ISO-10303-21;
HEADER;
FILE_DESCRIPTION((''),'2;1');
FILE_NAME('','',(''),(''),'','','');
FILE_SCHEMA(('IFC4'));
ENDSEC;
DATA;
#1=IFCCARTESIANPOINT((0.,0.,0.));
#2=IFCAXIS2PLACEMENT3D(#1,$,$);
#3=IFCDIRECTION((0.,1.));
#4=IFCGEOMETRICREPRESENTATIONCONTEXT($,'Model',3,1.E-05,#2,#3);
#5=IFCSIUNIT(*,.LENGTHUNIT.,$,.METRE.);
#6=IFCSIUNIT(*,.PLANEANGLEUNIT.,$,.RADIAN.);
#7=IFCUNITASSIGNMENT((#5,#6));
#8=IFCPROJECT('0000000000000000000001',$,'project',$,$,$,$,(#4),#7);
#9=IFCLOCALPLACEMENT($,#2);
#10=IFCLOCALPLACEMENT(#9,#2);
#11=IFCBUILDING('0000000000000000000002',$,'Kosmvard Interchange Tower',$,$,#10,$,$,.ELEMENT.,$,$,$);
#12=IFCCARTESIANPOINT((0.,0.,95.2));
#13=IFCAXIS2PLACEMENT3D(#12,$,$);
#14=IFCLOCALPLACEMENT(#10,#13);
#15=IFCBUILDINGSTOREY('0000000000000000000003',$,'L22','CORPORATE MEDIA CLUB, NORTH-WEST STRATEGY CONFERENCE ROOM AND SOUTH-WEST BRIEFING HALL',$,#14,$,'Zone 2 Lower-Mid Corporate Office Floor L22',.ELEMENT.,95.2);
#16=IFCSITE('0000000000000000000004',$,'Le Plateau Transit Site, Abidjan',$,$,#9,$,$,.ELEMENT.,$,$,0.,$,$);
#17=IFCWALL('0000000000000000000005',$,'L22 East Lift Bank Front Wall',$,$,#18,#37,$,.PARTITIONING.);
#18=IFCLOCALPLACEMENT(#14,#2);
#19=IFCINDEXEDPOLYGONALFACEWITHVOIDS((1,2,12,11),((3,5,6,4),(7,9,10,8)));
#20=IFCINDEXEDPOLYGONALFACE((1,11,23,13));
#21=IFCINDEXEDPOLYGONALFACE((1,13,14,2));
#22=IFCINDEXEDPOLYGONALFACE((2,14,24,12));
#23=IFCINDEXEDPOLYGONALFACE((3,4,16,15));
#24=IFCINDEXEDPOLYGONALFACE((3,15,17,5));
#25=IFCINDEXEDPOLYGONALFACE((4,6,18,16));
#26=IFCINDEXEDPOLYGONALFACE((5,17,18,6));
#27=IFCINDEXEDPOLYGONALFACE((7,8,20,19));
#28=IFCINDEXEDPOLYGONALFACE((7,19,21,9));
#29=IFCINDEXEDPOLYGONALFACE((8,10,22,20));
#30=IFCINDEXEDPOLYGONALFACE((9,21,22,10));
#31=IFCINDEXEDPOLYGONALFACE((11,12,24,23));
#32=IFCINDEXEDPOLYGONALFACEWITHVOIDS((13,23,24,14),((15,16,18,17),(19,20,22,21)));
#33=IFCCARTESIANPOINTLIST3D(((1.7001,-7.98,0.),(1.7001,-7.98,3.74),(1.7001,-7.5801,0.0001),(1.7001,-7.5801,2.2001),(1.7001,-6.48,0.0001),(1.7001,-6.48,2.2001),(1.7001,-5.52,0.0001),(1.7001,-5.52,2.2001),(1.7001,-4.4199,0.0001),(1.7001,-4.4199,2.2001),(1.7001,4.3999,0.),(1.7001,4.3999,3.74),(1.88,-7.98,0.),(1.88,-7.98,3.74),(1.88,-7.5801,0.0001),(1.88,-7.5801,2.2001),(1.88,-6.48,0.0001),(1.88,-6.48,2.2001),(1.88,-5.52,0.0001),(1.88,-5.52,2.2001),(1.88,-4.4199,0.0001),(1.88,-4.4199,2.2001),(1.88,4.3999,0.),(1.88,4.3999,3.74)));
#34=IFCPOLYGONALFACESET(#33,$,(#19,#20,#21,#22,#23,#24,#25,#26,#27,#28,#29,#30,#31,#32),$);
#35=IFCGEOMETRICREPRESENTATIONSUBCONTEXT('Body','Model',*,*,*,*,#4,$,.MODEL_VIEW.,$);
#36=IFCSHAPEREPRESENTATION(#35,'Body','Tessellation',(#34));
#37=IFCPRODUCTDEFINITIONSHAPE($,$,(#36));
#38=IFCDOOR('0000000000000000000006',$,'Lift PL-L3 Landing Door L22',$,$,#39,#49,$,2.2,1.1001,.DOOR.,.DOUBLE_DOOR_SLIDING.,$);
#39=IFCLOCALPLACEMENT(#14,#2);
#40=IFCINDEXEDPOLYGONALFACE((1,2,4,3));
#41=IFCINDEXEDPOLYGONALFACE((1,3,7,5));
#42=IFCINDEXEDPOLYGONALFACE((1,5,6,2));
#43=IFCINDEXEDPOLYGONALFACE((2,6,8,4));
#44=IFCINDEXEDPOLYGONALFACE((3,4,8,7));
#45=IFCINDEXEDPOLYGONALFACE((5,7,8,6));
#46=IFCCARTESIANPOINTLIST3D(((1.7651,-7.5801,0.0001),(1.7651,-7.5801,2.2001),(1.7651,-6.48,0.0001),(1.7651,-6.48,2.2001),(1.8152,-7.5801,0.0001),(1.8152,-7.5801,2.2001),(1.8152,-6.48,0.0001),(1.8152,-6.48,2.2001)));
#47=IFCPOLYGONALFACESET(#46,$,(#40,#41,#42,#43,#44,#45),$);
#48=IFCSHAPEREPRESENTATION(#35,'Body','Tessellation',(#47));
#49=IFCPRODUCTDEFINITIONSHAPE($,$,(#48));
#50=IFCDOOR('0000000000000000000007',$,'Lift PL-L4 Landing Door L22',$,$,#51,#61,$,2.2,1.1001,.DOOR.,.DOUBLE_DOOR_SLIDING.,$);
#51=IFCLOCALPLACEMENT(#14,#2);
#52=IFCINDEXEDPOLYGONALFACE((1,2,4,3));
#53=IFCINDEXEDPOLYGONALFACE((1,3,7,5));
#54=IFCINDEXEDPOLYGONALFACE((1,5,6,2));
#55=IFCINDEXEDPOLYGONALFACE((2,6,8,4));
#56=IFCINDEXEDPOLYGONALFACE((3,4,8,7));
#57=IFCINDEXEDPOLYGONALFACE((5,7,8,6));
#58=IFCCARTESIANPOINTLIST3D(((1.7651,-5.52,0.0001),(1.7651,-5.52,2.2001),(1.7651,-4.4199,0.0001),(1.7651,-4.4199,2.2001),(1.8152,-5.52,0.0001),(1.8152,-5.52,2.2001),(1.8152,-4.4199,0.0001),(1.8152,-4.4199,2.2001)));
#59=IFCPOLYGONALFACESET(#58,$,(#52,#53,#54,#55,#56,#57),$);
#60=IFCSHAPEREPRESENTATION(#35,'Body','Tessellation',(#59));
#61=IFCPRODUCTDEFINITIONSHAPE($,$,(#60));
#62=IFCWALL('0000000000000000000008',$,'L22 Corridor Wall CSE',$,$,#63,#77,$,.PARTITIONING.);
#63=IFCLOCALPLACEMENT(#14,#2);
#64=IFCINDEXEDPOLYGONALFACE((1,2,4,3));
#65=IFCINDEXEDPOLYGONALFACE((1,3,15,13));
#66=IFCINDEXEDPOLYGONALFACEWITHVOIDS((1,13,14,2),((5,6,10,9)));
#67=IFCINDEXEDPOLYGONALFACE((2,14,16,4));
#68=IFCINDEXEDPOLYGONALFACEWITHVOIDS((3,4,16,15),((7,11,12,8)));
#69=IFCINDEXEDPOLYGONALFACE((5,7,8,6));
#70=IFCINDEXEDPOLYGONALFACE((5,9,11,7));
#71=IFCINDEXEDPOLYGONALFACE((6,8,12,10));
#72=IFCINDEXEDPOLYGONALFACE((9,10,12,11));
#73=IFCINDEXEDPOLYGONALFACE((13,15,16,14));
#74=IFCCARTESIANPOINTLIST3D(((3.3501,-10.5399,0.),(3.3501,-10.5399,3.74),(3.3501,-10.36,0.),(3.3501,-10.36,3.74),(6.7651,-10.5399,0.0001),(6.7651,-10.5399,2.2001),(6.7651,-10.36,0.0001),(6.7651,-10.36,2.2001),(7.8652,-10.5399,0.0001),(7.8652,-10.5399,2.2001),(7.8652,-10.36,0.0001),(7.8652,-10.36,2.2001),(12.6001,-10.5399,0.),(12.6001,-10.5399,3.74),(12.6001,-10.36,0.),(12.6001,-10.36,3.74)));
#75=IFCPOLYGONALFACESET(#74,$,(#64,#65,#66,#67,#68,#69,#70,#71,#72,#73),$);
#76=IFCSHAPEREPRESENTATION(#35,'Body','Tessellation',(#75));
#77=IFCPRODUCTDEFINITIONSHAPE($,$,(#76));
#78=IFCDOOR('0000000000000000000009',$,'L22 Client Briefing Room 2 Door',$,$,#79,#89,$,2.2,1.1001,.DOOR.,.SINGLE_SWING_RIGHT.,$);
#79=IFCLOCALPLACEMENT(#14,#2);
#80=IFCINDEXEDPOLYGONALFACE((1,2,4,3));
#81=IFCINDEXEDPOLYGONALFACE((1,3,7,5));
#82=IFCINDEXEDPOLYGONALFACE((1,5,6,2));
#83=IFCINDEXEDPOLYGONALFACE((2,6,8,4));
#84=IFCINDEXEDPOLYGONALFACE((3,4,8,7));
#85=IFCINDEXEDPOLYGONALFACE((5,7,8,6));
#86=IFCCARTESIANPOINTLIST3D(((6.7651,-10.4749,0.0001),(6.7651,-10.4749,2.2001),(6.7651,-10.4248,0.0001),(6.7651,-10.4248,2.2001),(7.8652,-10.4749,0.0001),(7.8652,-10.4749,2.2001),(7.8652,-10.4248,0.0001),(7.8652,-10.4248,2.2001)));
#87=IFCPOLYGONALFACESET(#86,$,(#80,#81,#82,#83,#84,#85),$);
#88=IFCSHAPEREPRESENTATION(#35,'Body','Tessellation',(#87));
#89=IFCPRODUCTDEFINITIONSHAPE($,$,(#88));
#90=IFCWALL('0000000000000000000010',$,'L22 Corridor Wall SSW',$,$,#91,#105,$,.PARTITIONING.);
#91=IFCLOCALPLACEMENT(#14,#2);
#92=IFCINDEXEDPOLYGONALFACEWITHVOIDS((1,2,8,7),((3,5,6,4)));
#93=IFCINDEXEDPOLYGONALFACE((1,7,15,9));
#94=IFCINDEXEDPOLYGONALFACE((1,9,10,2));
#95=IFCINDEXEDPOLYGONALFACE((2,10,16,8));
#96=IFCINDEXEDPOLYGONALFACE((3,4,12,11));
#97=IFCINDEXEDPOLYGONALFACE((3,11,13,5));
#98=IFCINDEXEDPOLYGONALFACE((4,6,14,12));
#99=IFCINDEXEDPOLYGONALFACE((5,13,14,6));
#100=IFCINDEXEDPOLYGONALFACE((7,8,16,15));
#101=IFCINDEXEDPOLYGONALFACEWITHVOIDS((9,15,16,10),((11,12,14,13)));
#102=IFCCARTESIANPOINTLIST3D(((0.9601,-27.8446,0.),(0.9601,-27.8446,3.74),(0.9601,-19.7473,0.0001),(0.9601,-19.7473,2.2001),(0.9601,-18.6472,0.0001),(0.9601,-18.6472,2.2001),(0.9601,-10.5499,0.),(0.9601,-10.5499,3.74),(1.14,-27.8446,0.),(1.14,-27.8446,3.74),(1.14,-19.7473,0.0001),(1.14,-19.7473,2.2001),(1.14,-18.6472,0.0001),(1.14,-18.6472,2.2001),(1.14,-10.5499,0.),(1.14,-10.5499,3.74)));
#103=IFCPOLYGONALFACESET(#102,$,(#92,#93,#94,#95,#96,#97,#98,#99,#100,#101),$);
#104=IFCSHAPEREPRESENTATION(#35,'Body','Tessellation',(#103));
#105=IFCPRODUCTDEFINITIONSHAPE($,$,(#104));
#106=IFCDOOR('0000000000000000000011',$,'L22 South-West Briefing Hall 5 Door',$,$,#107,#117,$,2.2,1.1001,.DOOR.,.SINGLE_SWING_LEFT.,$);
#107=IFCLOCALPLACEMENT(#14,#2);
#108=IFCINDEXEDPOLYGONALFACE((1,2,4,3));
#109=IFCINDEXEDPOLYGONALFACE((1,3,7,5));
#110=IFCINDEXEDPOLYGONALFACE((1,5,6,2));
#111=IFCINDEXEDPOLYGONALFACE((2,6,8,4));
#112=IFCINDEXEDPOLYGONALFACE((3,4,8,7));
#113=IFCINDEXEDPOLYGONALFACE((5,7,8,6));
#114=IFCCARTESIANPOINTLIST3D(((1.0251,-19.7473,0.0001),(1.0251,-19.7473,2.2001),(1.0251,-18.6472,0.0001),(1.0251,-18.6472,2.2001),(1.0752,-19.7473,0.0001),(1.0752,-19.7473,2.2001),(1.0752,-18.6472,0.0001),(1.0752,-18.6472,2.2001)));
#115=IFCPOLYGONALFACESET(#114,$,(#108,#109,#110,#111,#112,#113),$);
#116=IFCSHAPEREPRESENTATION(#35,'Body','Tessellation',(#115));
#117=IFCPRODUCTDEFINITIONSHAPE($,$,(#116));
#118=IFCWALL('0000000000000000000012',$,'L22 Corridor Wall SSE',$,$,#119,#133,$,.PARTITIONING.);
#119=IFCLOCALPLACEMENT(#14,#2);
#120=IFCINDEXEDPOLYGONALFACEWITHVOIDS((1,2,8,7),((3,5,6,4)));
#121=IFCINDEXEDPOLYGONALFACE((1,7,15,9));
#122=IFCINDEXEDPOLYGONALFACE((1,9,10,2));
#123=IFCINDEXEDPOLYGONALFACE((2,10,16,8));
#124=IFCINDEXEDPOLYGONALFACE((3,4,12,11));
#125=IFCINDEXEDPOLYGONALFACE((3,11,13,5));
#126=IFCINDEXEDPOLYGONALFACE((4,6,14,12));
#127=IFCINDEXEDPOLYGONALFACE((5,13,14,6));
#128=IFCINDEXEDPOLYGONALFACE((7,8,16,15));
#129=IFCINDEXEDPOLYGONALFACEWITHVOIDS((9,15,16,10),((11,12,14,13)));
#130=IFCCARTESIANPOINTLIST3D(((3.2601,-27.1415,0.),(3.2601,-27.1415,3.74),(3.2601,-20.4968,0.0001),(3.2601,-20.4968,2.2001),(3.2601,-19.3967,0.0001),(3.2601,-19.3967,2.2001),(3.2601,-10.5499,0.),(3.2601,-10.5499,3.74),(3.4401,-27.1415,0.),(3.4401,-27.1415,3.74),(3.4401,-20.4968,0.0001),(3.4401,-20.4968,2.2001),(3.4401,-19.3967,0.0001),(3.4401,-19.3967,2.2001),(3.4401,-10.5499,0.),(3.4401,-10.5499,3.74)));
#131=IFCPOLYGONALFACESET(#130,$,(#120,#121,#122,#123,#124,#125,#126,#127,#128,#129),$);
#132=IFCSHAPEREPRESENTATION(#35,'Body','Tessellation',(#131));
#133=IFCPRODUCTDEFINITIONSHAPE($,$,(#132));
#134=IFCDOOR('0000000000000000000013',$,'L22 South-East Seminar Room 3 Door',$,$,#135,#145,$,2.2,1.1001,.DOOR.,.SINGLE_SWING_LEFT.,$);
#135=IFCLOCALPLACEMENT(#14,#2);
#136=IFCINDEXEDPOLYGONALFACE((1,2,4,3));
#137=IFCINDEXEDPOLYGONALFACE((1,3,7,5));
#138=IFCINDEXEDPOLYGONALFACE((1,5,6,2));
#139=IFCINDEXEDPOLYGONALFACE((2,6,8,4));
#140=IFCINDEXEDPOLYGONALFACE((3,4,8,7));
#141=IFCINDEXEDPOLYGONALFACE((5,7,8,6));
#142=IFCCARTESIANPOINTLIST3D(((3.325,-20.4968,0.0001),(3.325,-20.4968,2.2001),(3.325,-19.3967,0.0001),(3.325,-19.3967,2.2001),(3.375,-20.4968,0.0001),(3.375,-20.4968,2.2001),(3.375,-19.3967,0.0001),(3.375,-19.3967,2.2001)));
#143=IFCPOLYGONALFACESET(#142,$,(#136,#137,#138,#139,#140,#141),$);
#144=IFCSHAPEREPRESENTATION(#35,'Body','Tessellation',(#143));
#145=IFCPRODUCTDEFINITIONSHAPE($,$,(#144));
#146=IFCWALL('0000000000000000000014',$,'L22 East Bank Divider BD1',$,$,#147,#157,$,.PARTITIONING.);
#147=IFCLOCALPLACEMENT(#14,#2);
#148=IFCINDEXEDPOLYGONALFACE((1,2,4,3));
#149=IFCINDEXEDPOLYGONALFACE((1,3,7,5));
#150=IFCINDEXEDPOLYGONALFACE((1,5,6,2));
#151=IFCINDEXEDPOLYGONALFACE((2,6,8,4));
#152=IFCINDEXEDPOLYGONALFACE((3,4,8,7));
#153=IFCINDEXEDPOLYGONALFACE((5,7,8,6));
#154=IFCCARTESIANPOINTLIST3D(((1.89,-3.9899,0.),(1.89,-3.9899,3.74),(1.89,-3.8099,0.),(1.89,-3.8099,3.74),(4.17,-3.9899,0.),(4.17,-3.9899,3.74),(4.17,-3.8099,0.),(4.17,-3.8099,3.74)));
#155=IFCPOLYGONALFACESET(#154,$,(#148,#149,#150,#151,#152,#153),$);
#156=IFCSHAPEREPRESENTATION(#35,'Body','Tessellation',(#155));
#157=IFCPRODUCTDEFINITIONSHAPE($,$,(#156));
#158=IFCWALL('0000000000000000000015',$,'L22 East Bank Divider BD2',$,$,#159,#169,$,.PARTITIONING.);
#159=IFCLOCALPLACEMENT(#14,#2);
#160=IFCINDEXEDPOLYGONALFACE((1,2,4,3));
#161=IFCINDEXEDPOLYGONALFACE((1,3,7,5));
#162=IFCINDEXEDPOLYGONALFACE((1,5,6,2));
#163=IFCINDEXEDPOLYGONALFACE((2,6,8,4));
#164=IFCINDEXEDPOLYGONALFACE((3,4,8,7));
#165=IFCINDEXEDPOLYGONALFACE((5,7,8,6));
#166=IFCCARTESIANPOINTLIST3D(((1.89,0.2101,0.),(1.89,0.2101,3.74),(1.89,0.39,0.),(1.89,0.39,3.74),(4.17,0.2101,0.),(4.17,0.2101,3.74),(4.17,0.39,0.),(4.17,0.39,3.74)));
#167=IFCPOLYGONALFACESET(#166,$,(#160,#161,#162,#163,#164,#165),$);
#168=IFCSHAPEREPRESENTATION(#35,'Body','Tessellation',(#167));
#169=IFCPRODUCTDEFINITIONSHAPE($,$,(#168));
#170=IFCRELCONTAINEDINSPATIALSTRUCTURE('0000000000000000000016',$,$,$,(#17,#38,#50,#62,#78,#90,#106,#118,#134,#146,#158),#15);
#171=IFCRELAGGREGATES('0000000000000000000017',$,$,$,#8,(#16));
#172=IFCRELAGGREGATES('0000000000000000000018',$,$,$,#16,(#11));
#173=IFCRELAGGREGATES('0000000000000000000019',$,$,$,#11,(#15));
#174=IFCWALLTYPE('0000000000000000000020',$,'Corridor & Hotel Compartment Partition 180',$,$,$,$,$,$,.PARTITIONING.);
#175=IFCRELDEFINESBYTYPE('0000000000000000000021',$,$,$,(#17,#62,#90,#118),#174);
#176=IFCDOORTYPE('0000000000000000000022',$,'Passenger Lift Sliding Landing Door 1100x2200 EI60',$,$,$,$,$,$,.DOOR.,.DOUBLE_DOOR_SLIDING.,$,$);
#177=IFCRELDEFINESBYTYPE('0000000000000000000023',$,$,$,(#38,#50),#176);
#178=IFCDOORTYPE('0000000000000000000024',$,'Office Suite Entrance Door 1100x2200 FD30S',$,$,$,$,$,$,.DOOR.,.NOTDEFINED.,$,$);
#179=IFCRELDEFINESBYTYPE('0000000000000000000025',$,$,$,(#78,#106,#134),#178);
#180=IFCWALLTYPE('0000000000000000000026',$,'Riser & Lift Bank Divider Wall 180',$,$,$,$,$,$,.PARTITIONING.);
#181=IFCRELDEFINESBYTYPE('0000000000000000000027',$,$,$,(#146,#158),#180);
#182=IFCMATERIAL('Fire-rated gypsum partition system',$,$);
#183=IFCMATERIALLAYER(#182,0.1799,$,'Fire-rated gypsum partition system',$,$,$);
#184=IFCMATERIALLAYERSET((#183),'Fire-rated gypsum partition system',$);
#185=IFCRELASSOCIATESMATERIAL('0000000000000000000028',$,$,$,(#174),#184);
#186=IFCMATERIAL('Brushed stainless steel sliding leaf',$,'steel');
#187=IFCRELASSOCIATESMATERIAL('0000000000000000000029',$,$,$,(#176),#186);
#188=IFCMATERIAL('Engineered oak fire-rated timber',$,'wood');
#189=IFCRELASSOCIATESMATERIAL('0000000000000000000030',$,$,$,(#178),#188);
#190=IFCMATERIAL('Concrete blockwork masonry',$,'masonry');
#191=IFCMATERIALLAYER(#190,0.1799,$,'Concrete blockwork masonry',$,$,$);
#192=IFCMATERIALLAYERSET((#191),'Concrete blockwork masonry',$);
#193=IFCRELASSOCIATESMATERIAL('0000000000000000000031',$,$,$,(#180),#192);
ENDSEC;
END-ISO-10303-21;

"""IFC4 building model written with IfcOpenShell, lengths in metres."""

from ifc_helpers import new_model, si_unit, direction, frame, frame_2d, origin, place, context, subcontext, project, spatial, rectangle, extrude, source, transform, mapped, material, layer, layer_set, type_object, element, fill, save


model = new_model("IFC4")

# Units and contexts
model_context = context("Model", 3, precision=1e-05, world=origin(), true_north=direction((0.0, 1.0)))
body_context = subcontext(model_context, "Body", "Model", "MODEL_VIEW")
ifc_project = project(units=[si_unit("LENGTHUNIT", "METRE"), si_unit("PLANEANGLEUNIT", "RADIAN")], contexts=[model_context])

# Site, building, storey
site_placement = place(None, origin())
site = spatial("IfcSite", under=ifc_project, at=site_placement, Name="Le Plateau Transit Site, Abidjan", CompositionType="ELEMENT", RefElevation=0.0)
building_placement = place(site_placement, origin())
building = spatial("IfcBuilding", under=site, at=building_placement, Name="Kosmvard Interchange Tower", CompositionType="ELEMENT")
storey_placement = place(building_placement, frame((0.0, 0.0, 95.2)))
storey = spatial("IfcBuildingStorey", under=building, at=storey_placement, Name="L22", Description="CORPORATE MEDIA CLUB, NORTH-WEST STRATEGY CONFERENCE ROOM AND SOUTH-WEST BRIEFING HALL", LongName="Zone 2 Lower-Mid Corporate Office Floor L22", CompositionType="ELEMENT", Elevation=95.2)

# Wall, openings, doors
ifc_material_1 = material(Name="Fire-rated gypsum partition system")
ifc_layer_1 = layer(ifc_material_1, 0.1799, Name="Fire-rated gypsum partition system")
ifc_layer_set_1 = layer_set([ifc_layer_1], Name="Fire-rated gypsum partition system")
wall_type_1 = type_object("IfcWallType", Name="Corridor & Hotel Compartment Partition 180", PredefinedType="PARTITIONING", material=ifc_layer_set_1)
wall_1_placement = place(storey_placement, frame((1.79, -7.98, 0.0), z_axis=(0.0, 0.0, 1.0), x_axis=(0.0, 1.0, 0.0)))
wall_1 = element("IfcWall", 1, at=wall_1_placement, inside=storey, type_object=wall_type_1, Name="L22 East Lift Bank Front Wall", PredefinedType="PARTITIONING", context=body_context, shape_type="SweptSolid", body=[
    extrude(rectangle(XDim=12.3799, YDim=0.1799, at=frame_2d((6.1899, 0.0))), origin(), (0.0, 0.0, 1.0), 3.74),
])
opening_1_placement = place(wall_1_placement, frame((0.3999, 0.0, 0.0)))
opening_1 = element("IfcOpeningElement", 2, at=opening_1_placement, cuts=wall_1, PredefinedType="OPENING", context=body_context, shape_type="SweptSolid", body=[
    extrude(rectangle(XDim=1.1001, YDim=2.2, at=frame_2d((0.55, 1.1001))), frame((0.0, 0.1001, 0.0), z_axis=(0.0, -1.0, 0.0), x_axis=(1.0, 0.0, 0.0)), (0.0, 0.0, 1.0), 0.2),
])
opening_2_placement = place(wall_1_placement, frame((2.46, 0.0, 0.0)))
opening_2 = element("IfcOpeningElement", 3, at=opening_2_placement, cuts=wall_1, PredefinedType="OPENING", context=body_context, shape_type="SweptSolid", body=[
    extrude(rectangle(XDim=1.1001, YDim=2.2, at=frame_2d((0.55, 1.1001))), frame((0.0, 0.1001, 0.0), z_axis=(0.0, -1.0, 0.0), x_axis=(1.0, 0.0, 0.0)), (0.0, 0.0, 1.0), 0.2),
])
ifc_material_2 = material(Name="Brushed stainless steel sliding leaf", Category="steel")
door_type_1 = type_object("IfcDoorType", Name="Passenger Lift Sliding Landing Door 1100x2200 EI60", OperationType="DOUBLE_DOOR_SLIDING", PredefinedType="DOOR", material=ifc_material_2)
shared_shape_1 = source(origin(), body_context, "Body", "SweptSolid", [
    extrude(rectangle(XDim=1.1001, YDim=2.2, at=frame_2d((0.55, 1.1001))), frame((0.0, 0.0249, 0.0), z_axis=(0.0, -1.0, 0.0), x_axis=(1.0, 0.0, 0.0)), (0.0, 0.0, 1.0), 0.05),
])
door_1_placement = place(opening_1_placement, origin())
door_1 = element("IfcDoor", 4, at=door_1_placement, inside=storey, type_object=door_type_1, Name="Lift PL-L3 Landing Door L22", OperationType="DOUBLE_DOOR_SLIDING", OverallHeight=2.2, OverallWidth=1.1001, PredefinedType="DOOR", context=body_context, shape_type="MappedRepresentation", body=[
    mapped(shared_shape_1, transform((0.0, 0.0, 0.0), scale=1.0)),
])
fill(opening_1, door_1)
door_2_placement = place(opening_2_placement, origin())
door_2 = element("IfcDoor", 5, at=door_2_placement, inside=storey, type_object=door_type_1, Name="Lift PL-L4 Landing Door L22", OperationType="DOUBLE_DOOR_SLIDING", OverallHeight=2.2, OverallWidth=1.1001, PredefinedType="DOOR", context=body_context, shape_type="MappedRepresentation", body=[
    mapped(shared_shape_1, transform((0.0, 0.0, 0.0), scale=1.0)),
])
fill(opening_2, door_2)

# Walls, openings, doors
wall_2_placement = place(storey_placement, frame((3.3501, -10.45, 0.0), z_axis=(0.0, 0.0, 1.0), x_axis=(1.0, 0.0, 0.0)))
wall_2 = element("IfcWall", 6, at=wall_2_placement, inside=storey, type_object=wall_type_1, Name="L22 Corridor Wall CSE", PredefinedType="PARTITIONING", context=body_context, shape_type="SweptSolid", body=[
    extrude(rectangle(XDim=9.25, YDim=0.1799, at=frame_2d((4.625, 0.0))), origin(), (0.0, 0.0, 1.0), 3.74),
])
opening_3_placement = place(wall_2_placement, frame((3.415, 0.0, 0.0)))
opening_3 = element("IfcOpeningElement", 7, at=opening_3_placement, cuts=wall_2, PredefinedType="OPENING", context=body_context, shape_type="SweptSolid", body=[
    extrude(rectangle(XDim=1.1001, YDim=2.2, at=frame_2d((0.55, 1.1001))), frame((0.0, 0.1001, 0.0), z_axis=(0.0, -1.0, 0.0), x_axis=(1.0, 0.0, 0.0)), (0.0, 0.0, 1.0), 0.2),
])
ifc_material_3 = material(Name="Engineered oak fire-rated timber", Category="wood")
door_type_2 = type_object("IfcDoorType", Name="Office Suite Entrance Door 1100x2200 FD30S", OperationType="NOTDEFINED", PredefinedType="DOOR", material=ifc_material_3)
door_3_placement = place(opening_3_placement, frame((1.1001, 0.0, 0.0), z_axis=(0.0, 0.0, 1.0), x_axis=(-1.0, 0.0, 0.0)))
door_3 = element("IfcDoor", 8, at=door_3_placement, inside=storey, type_object=door_type_2, Name="L22 Client Briefing Room 2 Door", OperationType="SINGLE_SWING_RIGHT", OverallHeight=2.2, OverallWidth=1.1001, PredefinedType="DOOR", context=body_context, shape_type="MappedRepresentation", body=[
    mapped(shared_shape_1, transform((0.0, 0.0, 0.0), scale=1.0)),
])
fill(opening_3, door_3)
wall_3_placement = place(storey_placement, frame((1.05, -27.8447, 0.0), z_axis=(0.0, 0.0, 1.0), x_axis=(0.0, 1.0, 0.0)))
wall_3 = element("IfcWall", 9, at=wall_3_placement, inside=storey, type_object=wall_type_1, Name="L22 Corridor Wall SSW", PredefinedType="PARTITIONING", context=body_context, shape_type="SweptSolid", body=[
    extrude(rectangle(XDim=17.2947, YDim=0.1799, at=frame_2d((8.6475, 0.0))), origin(), (0.0, 0.0, 1.0), 3.74),
])
opening_4_placement = place(wall_3_placement, frame((8.0974, 0.0, 0.0)))
opening_4 = element("IfcOpeningElement", 10, at=opening_4_placement, cuts=wall_3, PredefinedType="OPENING", context=body_context, shape_type="SweptSolid", body=[
    extrude(rectangle(XDim=1.1001, YDim=2.2, at=frame_2d((0.55, 1.1001))), frame((0.0, 0.1001, 0.0), z_axis=(0.0, -1.0, 0.0), x_axis=(1.0, 0.0, 0.0)), (0.0, 0.0, 1.0), 0.2),
])
door_4_placement = place(opening_4_placement, origin())
door_4 = element("IfcDoor", 11, at=door_4_placement, inside=storey, type_object=door_type_2, Name="L22 South-West Briefing Hall 5 Door", OperationType="SINGLE_SWING_LEFT", OverallHeight=2.2, OverallWidth=1.1001, PredefinedType="DOOR", context=body_context, shape_type="MappedRepresentation", body=[
    mapped(shared_shape_1, transform((0.0, 0.0, 0.0), scale=1.0)),
])
fill(opening_4, door_4)
wall_4_placement = place(storey_placement, frame((3.3501, -27.1416, 0.0), z_axis=(0.0, 0.0, 1.0), x_axis=(0.0, 1.0, 0.0)))
wall_4 = element("IfcWall", 12, at=wall_4_placement, inside=storey, type_object=wall_type_1, Name="L22 Corridor Wall SSE", PredefinedType="PARTITIONING", context=body_context, shape_type="SweptSolid", body=[
    extrude(rectangle(XDim=16.5916, YDim=0.1799, at=frame_2d((8.2959, 0.0))), origin(), (0.0, 0.0, 1.0), 3.74),
])
opening_5_placement = place(wall_4_placement, frame((6.6448, 0.0, 0.0)))
opening_5 = element("IfcOpeningElement", 13, at=opening_5_placement, cuts=wall_4, PredefinedType="OPENING", context=body_context, shape_type="SweptSolid", body=[
    extrude(rectangle(XDim=1.1001, YDim=2.2, at=frame_2d((0.55, 1.1001))), frame((0.0, 0.1001, 0.0), z_axis=(0.0, -1.0, 0.0), x_axis=(1.0, 0.0, 0.0)), (0.0, 0.0, 1.0), 0.2),
])
door_5_placement = place(opening_5_placement, frame((1.1001, 0.0, 0.0), z_axis=(0.0, 0.0, 1.0), x_axis=(-1.0, 0.0, 0.0)))
door_5 = element("IfcDoor", 14, at=door_5_placement, inside=storey, type_object=door_type_2, Name="L22 South-East Seminar Room 3 Door", OperationType="SINGLE_SWING_LEFT", OverallHeight=2.2, OverallWidth=1.1001, PredefinedType="DOOR", context=body_context, shape_type="MappedRepresentation", body=[
    mapped(shared_shape_1, transform((0.0, 0.0, 0.0), scale=1.0)),
])
fill(opening_5, door_5)

# Walls
ifc_material_4 = material(Name="Concrete blockwork masonry", Category="masonry")
ifc_layer_2 = layer(ifc_material_4, 0.1799, Name="Concrete blockwork masonry")
ifc_layer_set_2 = layer_set([ifc_layer_2], Name="Concrete blockwork masonry")
wall_type_2 = type_object("IfcWallType", Name="Riser & Lift Bank Divider Wall 180", PredefinedType="PARTITIONING", material=ifc_layer_set_2)
for number, where, z_axis, x_axis, name in (
    (15, (1.8899, -3.8999, 0.0), (0.0, 0.0, 1.0), (1.0, 0.0, 0.0), "L22 East Bank Divider BD1"),
    (16, (1.8899, 0.3, 0.0), (0.0, 0.0, 1.0), (1.0, 0.0, 0.0), "L22 East Bank Divider BD2"),
):
    element("IfcWall", number, at=place(storey_placement, frame(where, z_axis=z_axis, x_axis=x_axis)), inside=storey, type_object=wall_type_2, Name=name, PredefinedType="PARTITIONING", context=body_context, shape_type="SweptSolid", body=[
        extrude(rectangle(XDim=2.28, YDim=0.1799, at=frame_2d((1.1401, 0.0))), origin(), (0.0, 0.0, 1.0), 3.74),
    ])

save(model, "model.ifc")
